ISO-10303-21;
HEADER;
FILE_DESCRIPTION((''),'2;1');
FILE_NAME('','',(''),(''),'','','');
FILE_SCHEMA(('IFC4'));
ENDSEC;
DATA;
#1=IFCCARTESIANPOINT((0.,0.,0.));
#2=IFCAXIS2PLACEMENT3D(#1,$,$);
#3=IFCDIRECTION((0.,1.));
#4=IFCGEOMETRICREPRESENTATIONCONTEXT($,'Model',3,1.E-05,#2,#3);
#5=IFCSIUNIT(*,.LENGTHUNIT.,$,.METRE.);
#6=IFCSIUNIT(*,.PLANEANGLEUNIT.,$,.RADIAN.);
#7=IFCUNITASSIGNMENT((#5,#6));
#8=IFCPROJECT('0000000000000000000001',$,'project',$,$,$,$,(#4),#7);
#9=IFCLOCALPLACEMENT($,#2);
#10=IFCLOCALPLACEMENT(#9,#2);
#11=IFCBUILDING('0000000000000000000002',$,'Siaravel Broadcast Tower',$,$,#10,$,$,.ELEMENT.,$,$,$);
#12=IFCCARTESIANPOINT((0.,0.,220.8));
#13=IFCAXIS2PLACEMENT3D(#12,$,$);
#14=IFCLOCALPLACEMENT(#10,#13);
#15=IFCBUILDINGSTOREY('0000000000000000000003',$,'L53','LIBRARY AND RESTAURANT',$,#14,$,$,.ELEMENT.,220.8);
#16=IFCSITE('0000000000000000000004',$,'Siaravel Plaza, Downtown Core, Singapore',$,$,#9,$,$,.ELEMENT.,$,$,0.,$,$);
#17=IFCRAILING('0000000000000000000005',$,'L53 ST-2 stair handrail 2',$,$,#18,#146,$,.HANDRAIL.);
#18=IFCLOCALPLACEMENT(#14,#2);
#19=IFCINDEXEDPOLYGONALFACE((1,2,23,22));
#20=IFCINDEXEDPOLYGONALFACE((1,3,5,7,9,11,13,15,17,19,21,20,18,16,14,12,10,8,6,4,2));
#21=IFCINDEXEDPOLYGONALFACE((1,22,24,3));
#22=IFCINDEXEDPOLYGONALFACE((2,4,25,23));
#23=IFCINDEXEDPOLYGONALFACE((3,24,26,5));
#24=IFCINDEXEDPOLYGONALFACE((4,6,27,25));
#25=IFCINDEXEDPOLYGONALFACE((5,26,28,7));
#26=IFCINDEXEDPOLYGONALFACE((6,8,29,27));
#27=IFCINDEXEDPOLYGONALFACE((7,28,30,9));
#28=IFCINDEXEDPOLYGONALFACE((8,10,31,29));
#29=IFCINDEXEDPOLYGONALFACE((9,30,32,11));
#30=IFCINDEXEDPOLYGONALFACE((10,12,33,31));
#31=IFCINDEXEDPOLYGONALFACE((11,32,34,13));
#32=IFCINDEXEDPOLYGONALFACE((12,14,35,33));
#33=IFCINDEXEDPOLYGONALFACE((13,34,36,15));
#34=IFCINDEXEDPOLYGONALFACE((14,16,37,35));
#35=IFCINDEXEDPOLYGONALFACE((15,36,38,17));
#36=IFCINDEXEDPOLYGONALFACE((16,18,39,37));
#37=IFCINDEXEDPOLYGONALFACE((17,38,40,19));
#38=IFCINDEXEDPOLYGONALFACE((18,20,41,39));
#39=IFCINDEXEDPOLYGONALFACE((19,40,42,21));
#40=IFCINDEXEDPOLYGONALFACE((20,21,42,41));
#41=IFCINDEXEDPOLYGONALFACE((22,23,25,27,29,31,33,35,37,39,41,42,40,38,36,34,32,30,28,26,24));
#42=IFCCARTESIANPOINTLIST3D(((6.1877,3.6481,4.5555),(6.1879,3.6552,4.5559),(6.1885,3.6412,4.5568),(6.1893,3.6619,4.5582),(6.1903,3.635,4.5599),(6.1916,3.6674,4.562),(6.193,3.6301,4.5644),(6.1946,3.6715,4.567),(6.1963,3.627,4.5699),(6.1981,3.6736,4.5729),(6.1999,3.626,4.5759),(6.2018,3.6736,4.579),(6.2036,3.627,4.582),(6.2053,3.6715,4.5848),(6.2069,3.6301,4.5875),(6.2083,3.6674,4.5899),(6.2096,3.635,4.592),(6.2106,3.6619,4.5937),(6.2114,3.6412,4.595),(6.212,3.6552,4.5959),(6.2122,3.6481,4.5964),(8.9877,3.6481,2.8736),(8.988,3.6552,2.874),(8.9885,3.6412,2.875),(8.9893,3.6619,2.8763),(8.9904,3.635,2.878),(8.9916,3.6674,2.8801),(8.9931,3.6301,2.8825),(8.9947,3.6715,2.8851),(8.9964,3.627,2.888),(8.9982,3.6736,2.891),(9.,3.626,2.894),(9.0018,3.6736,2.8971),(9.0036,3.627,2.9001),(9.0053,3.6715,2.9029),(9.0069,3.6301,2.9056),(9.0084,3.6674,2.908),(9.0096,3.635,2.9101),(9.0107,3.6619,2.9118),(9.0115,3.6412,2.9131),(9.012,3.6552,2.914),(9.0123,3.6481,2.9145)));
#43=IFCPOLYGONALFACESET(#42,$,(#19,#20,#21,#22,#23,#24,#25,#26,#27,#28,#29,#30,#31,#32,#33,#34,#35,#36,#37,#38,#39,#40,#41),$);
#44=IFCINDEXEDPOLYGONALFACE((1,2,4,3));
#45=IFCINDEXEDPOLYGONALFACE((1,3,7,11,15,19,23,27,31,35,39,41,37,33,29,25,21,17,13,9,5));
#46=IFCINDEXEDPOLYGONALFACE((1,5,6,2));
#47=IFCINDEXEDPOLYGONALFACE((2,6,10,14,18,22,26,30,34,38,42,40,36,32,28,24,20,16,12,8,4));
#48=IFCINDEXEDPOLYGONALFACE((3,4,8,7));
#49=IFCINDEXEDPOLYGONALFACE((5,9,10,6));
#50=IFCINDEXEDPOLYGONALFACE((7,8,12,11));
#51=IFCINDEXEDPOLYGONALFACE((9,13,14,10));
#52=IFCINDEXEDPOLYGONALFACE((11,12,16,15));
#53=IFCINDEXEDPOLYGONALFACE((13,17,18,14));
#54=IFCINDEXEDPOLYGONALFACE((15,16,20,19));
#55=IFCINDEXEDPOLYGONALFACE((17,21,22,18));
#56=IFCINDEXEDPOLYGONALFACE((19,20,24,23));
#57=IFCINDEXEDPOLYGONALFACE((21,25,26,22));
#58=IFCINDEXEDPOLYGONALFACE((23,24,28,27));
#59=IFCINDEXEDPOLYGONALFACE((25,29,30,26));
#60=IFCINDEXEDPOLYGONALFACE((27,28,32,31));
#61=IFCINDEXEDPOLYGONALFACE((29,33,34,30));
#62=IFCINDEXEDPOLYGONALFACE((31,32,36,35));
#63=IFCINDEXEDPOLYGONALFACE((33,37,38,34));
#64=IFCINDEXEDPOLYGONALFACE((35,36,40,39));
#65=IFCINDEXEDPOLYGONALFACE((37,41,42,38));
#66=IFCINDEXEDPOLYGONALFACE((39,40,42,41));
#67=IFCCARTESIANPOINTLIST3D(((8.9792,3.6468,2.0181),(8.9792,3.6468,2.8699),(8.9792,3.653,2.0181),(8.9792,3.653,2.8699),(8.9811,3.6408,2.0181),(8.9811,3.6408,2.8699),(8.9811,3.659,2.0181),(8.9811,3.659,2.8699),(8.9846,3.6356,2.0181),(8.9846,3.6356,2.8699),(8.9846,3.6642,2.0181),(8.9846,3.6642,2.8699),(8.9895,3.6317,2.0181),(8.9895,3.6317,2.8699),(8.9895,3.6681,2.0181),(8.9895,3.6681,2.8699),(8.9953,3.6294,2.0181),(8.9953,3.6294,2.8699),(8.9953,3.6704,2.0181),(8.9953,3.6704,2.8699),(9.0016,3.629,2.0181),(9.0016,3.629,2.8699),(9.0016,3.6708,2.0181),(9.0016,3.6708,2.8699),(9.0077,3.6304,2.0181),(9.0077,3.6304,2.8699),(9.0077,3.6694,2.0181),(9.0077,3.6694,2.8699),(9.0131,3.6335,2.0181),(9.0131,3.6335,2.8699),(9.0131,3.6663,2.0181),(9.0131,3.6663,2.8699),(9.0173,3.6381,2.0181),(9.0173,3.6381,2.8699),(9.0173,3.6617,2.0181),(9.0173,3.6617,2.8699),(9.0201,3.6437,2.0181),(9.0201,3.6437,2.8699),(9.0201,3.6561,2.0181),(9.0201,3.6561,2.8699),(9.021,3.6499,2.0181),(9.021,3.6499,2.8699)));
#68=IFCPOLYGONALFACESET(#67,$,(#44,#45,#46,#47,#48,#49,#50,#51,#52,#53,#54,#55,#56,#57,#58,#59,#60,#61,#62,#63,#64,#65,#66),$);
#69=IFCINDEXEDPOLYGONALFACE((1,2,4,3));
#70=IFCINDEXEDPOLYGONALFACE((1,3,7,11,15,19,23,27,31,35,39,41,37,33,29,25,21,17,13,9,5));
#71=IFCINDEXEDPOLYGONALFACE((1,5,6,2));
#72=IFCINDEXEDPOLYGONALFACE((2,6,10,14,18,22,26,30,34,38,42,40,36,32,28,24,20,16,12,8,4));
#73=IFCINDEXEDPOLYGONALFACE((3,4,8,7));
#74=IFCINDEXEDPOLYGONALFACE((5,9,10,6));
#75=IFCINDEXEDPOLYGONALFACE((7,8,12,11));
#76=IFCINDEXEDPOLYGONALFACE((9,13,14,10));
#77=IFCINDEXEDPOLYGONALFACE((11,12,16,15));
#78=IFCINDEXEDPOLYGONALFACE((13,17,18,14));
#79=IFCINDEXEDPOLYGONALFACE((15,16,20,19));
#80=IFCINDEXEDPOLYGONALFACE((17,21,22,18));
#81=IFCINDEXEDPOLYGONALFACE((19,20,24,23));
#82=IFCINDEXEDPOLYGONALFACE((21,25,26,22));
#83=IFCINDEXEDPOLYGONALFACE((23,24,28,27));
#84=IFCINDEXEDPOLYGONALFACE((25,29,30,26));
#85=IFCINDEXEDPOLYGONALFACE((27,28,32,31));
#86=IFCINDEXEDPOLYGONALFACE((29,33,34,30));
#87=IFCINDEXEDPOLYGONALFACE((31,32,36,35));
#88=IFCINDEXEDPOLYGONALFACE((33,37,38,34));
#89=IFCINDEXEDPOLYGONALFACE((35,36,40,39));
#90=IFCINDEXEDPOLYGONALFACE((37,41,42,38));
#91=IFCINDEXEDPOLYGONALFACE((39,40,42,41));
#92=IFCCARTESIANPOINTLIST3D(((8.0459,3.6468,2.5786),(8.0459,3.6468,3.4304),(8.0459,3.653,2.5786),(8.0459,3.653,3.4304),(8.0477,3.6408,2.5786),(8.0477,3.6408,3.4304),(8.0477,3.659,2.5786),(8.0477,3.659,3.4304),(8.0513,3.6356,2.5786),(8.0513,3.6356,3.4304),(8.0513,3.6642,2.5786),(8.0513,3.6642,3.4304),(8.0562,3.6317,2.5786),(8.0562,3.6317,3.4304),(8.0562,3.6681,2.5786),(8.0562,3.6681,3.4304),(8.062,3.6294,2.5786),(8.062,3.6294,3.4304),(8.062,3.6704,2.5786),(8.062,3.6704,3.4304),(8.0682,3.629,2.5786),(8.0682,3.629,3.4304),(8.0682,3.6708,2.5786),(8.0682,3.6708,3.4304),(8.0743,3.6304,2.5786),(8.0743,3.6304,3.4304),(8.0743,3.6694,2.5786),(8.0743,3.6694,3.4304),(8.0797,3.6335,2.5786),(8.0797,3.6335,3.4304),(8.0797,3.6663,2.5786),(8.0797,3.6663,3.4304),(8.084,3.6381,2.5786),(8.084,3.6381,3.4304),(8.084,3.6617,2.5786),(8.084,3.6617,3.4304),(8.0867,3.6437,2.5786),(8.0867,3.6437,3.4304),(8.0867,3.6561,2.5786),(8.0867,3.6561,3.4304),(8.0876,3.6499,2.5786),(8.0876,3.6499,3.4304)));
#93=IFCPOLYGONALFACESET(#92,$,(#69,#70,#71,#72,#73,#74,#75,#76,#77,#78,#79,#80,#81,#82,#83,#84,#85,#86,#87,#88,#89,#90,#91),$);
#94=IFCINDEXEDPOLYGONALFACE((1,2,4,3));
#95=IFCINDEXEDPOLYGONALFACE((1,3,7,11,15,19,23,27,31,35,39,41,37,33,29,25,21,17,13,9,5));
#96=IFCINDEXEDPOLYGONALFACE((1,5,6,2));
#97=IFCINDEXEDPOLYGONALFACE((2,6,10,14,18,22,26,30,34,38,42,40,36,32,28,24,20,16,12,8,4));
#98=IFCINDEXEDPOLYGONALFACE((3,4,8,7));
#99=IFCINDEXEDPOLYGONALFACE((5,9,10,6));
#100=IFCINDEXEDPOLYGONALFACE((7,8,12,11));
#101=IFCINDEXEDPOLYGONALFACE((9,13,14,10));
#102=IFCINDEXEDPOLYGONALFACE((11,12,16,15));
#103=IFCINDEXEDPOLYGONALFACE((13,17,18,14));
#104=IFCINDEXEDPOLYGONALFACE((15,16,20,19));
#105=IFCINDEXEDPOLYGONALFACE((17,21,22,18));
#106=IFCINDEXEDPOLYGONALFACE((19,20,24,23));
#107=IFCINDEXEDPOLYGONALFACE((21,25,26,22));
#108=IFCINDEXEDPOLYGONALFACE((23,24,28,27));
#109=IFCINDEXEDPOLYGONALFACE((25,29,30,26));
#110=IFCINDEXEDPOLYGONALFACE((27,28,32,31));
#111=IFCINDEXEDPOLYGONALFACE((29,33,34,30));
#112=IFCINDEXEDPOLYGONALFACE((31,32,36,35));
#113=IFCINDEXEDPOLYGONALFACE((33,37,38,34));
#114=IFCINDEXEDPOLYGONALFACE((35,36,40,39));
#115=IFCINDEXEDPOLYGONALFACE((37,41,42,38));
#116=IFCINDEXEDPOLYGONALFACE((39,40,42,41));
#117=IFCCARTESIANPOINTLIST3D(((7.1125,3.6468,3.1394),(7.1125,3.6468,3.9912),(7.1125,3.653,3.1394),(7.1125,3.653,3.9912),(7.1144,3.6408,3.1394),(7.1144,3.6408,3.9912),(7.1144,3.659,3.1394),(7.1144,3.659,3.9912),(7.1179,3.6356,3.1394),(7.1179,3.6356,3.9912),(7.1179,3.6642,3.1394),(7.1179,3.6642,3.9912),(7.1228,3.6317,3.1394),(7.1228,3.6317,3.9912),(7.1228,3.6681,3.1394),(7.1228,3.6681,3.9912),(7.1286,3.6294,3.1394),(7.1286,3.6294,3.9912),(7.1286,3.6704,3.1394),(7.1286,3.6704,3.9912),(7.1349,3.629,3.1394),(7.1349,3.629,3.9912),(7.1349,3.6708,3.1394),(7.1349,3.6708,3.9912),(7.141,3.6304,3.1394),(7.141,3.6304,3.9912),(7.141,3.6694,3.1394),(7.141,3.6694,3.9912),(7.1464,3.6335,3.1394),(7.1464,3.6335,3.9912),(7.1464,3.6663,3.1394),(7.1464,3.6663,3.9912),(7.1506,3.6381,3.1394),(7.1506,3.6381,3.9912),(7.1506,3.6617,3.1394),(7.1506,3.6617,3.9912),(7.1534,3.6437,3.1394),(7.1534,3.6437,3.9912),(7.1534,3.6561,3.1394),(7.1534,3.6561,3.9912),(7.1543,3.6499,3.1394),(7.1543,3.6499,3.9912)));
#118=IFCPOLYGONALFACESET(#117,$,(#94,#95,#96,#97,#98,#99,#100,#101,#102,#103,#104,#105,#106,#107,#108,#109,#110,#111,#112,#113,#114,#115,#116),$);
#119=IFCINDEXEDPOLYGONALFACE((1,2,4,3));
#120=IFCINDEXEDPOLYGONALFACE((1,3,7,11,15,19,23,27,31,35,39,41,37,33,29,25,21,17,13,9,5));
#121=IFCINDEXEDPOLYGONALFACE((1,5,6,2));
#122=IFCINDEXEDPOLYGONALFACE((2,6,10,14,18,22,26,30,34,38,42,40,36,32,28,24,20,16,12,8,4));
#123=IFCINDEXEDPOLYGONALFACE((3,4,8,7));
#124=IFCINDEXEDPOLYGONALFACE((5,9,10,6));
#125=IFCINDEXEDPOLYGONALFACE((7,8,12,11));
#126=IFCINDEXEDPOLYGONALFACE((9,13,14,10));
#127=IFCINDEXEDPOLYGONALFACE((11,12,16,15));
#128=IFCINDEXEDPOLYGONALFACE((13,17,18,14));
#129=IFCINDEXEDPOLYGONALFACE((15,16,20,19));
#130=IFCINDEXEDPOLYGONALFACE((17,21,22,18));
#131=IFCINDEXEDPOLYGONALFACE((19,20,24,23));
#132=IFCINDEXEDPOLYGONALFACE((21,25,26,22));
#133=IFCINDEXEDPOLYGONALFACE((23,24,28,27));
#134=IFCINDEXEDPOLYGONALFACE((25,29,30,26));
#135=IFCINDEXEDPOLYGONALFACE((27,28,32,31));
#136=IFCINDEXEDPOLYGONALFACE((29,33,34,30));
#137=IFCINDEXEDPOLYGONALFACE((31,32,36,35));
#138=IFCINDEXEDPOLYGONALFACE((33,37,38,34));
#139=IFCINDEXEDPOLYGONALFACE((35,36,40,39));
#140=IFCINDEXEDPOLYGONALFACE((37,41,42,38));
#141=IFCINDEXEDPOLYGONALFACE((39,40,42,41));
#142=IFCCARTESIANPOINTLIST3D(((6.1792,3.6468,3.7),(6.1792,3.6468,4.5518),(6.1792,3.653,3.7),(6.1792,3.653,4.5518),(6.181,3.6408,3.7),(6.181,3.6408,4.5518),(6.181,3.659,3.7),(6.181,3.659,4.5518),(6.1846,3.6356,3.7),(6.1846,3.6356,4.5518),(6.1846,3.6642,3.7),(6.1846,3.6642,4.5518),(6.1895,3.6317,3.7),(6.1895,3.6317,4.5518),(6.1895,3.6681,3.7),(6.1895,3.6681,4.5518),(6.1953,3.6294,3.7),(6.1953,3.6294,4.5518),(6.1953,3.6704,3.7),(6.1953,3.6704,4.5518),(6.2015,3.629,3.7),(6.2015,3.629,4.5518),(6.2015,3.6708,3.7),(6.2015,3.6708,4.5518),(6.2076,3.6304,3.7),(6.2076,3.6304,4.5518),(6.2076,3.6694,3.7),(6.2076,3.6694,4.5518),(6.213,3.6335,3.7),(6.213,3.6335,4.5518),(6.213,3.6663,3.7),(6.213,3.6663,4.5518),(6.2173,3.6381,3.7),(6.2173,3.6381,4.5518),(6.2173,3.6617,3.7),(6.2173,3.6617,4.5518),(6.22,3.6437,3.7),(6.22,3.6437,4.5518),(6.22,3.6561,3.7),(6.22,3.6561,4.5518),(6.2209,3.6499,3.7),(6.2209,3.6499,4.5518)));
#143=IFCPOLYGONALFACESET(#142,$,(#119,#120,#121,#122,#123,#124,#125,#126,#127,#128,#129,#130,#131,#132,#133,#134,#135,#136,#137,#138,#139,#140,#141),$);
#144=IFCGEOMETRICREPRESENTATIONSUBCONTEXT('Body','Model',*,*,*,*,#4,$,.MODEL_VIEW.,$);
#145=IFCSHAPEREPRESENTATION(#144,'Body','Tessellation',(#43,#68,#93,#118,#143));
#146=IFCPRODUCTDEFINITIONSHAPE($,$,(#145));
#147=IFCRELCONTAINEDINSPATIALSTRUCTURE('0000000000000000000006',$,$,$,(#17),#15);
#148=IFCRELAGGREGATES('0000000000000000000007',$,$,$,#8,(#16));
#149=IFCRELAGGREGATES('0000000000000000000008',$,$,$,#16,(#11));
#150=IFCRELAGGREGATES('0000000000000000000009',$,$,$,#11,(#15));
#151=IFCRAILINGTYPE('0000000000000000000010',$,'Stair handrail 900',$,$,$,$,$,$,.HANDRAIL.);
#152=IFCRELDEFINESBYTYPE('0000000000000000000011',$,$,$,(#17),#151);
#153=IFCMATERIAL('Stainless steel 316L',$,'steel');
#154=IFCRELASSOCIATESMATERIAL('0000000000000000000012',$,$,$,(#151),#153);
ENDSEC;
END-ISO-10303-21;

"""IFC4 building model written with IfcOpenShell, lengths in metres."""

from ifc_helpers import new_model, si_unit, direction, frame, origin, origin_2d, place, context, subcontext, project, spatial, circle, extrude, material, type_object, element, save


model = new_model("IFC4")

# Units and contexts
model_context = context("Model", 3, precision=1e-05, world=origin(), true_north=direction((0.0, 1.0)))
body_context = subcontext(model_context, "Body", "Model", "MODEL_VIEW")
ifc_project = project(units=[si_unit("LENGTHUNIT", "METRE"), si_unit("PLANEANGLEUNIT", "RADIAN")], contexts=[model_context])

# Site, building, storey
site_placement = place(None, origin())
site = spatial("IfcSite", under=ifc_project, at=site_placement, Name="Siaravel Plaza, Downtown Core, Singapore", CompositionType="ELEMENT", RefElevation=0.0)
building_placement = place(site_placement, origin())
building = spatial("IfcBuilding", under=site, at=building_placement, Name="Siaravel Broadcast Tower", CompositionType="ELEMENT")
storey_placement = place(building_placement, frame((0.0, 0.0, 220.8)))
storey = spatial("IfcBuildingStorey", under=building, at=storey_placement, Name="L53", Description="LIBRARY AND RESTAURANT", CompositionType="ELEMENT", Elevation=220.8)

# Railing
ifc_material_1 = material(Name="Stainless steel 316L", Category="steel")
railing_type_1 = type_object("IfcRailingType", Name="Stair handrail 900", PredefinedType="HANDRAIL", material=ifc_material_1)
railing_1_placement = place(storey_placement, frame((9.0, 3.6499, 2.0181)))
element("IfcRailing", 1, at=railing_1_placement, inside=storey, type_object=railing_type_1, Name="L53 ST-2 stair handrail 2", PredefinedType="HANDRAIL", context=body_context, shape_type="SweptSolid", body=[
    extrude(circle(Radius=0.0239, at=origin_2d()), frame((0.0, 0.0, 0.876), z_axis=(-0.857242, 0.0, 0.514913), x_axis=(0.0, -1.0, 0.0)), (0.0, 0.0, 1.0), 3.2664),
    extrude(circle(Radius=0.021, at=origin_2d()), origin(), (0.0, 0.0, 1.0), 0.8518),
    extrude(circle(Radius=0.021, at=origin_2d()), frame((-0.9333, 0.0, 0.5605)), (0.0, 0.0, 1.0), 0.8518),
    extrude(circle(Radius=0.021, at=origin_2d()), frame((-1.8667, 0.0, 1.1213)), (0.0, 0.0, 1.0), 0.8518),
    extrude(circle(Radius=0.021, at=origin_2d()), frame((-2.8, 0.0, 1.6819)), (0.0, 0.0, 1.0), 0.8518),
])

save(model, "model.ifc")
